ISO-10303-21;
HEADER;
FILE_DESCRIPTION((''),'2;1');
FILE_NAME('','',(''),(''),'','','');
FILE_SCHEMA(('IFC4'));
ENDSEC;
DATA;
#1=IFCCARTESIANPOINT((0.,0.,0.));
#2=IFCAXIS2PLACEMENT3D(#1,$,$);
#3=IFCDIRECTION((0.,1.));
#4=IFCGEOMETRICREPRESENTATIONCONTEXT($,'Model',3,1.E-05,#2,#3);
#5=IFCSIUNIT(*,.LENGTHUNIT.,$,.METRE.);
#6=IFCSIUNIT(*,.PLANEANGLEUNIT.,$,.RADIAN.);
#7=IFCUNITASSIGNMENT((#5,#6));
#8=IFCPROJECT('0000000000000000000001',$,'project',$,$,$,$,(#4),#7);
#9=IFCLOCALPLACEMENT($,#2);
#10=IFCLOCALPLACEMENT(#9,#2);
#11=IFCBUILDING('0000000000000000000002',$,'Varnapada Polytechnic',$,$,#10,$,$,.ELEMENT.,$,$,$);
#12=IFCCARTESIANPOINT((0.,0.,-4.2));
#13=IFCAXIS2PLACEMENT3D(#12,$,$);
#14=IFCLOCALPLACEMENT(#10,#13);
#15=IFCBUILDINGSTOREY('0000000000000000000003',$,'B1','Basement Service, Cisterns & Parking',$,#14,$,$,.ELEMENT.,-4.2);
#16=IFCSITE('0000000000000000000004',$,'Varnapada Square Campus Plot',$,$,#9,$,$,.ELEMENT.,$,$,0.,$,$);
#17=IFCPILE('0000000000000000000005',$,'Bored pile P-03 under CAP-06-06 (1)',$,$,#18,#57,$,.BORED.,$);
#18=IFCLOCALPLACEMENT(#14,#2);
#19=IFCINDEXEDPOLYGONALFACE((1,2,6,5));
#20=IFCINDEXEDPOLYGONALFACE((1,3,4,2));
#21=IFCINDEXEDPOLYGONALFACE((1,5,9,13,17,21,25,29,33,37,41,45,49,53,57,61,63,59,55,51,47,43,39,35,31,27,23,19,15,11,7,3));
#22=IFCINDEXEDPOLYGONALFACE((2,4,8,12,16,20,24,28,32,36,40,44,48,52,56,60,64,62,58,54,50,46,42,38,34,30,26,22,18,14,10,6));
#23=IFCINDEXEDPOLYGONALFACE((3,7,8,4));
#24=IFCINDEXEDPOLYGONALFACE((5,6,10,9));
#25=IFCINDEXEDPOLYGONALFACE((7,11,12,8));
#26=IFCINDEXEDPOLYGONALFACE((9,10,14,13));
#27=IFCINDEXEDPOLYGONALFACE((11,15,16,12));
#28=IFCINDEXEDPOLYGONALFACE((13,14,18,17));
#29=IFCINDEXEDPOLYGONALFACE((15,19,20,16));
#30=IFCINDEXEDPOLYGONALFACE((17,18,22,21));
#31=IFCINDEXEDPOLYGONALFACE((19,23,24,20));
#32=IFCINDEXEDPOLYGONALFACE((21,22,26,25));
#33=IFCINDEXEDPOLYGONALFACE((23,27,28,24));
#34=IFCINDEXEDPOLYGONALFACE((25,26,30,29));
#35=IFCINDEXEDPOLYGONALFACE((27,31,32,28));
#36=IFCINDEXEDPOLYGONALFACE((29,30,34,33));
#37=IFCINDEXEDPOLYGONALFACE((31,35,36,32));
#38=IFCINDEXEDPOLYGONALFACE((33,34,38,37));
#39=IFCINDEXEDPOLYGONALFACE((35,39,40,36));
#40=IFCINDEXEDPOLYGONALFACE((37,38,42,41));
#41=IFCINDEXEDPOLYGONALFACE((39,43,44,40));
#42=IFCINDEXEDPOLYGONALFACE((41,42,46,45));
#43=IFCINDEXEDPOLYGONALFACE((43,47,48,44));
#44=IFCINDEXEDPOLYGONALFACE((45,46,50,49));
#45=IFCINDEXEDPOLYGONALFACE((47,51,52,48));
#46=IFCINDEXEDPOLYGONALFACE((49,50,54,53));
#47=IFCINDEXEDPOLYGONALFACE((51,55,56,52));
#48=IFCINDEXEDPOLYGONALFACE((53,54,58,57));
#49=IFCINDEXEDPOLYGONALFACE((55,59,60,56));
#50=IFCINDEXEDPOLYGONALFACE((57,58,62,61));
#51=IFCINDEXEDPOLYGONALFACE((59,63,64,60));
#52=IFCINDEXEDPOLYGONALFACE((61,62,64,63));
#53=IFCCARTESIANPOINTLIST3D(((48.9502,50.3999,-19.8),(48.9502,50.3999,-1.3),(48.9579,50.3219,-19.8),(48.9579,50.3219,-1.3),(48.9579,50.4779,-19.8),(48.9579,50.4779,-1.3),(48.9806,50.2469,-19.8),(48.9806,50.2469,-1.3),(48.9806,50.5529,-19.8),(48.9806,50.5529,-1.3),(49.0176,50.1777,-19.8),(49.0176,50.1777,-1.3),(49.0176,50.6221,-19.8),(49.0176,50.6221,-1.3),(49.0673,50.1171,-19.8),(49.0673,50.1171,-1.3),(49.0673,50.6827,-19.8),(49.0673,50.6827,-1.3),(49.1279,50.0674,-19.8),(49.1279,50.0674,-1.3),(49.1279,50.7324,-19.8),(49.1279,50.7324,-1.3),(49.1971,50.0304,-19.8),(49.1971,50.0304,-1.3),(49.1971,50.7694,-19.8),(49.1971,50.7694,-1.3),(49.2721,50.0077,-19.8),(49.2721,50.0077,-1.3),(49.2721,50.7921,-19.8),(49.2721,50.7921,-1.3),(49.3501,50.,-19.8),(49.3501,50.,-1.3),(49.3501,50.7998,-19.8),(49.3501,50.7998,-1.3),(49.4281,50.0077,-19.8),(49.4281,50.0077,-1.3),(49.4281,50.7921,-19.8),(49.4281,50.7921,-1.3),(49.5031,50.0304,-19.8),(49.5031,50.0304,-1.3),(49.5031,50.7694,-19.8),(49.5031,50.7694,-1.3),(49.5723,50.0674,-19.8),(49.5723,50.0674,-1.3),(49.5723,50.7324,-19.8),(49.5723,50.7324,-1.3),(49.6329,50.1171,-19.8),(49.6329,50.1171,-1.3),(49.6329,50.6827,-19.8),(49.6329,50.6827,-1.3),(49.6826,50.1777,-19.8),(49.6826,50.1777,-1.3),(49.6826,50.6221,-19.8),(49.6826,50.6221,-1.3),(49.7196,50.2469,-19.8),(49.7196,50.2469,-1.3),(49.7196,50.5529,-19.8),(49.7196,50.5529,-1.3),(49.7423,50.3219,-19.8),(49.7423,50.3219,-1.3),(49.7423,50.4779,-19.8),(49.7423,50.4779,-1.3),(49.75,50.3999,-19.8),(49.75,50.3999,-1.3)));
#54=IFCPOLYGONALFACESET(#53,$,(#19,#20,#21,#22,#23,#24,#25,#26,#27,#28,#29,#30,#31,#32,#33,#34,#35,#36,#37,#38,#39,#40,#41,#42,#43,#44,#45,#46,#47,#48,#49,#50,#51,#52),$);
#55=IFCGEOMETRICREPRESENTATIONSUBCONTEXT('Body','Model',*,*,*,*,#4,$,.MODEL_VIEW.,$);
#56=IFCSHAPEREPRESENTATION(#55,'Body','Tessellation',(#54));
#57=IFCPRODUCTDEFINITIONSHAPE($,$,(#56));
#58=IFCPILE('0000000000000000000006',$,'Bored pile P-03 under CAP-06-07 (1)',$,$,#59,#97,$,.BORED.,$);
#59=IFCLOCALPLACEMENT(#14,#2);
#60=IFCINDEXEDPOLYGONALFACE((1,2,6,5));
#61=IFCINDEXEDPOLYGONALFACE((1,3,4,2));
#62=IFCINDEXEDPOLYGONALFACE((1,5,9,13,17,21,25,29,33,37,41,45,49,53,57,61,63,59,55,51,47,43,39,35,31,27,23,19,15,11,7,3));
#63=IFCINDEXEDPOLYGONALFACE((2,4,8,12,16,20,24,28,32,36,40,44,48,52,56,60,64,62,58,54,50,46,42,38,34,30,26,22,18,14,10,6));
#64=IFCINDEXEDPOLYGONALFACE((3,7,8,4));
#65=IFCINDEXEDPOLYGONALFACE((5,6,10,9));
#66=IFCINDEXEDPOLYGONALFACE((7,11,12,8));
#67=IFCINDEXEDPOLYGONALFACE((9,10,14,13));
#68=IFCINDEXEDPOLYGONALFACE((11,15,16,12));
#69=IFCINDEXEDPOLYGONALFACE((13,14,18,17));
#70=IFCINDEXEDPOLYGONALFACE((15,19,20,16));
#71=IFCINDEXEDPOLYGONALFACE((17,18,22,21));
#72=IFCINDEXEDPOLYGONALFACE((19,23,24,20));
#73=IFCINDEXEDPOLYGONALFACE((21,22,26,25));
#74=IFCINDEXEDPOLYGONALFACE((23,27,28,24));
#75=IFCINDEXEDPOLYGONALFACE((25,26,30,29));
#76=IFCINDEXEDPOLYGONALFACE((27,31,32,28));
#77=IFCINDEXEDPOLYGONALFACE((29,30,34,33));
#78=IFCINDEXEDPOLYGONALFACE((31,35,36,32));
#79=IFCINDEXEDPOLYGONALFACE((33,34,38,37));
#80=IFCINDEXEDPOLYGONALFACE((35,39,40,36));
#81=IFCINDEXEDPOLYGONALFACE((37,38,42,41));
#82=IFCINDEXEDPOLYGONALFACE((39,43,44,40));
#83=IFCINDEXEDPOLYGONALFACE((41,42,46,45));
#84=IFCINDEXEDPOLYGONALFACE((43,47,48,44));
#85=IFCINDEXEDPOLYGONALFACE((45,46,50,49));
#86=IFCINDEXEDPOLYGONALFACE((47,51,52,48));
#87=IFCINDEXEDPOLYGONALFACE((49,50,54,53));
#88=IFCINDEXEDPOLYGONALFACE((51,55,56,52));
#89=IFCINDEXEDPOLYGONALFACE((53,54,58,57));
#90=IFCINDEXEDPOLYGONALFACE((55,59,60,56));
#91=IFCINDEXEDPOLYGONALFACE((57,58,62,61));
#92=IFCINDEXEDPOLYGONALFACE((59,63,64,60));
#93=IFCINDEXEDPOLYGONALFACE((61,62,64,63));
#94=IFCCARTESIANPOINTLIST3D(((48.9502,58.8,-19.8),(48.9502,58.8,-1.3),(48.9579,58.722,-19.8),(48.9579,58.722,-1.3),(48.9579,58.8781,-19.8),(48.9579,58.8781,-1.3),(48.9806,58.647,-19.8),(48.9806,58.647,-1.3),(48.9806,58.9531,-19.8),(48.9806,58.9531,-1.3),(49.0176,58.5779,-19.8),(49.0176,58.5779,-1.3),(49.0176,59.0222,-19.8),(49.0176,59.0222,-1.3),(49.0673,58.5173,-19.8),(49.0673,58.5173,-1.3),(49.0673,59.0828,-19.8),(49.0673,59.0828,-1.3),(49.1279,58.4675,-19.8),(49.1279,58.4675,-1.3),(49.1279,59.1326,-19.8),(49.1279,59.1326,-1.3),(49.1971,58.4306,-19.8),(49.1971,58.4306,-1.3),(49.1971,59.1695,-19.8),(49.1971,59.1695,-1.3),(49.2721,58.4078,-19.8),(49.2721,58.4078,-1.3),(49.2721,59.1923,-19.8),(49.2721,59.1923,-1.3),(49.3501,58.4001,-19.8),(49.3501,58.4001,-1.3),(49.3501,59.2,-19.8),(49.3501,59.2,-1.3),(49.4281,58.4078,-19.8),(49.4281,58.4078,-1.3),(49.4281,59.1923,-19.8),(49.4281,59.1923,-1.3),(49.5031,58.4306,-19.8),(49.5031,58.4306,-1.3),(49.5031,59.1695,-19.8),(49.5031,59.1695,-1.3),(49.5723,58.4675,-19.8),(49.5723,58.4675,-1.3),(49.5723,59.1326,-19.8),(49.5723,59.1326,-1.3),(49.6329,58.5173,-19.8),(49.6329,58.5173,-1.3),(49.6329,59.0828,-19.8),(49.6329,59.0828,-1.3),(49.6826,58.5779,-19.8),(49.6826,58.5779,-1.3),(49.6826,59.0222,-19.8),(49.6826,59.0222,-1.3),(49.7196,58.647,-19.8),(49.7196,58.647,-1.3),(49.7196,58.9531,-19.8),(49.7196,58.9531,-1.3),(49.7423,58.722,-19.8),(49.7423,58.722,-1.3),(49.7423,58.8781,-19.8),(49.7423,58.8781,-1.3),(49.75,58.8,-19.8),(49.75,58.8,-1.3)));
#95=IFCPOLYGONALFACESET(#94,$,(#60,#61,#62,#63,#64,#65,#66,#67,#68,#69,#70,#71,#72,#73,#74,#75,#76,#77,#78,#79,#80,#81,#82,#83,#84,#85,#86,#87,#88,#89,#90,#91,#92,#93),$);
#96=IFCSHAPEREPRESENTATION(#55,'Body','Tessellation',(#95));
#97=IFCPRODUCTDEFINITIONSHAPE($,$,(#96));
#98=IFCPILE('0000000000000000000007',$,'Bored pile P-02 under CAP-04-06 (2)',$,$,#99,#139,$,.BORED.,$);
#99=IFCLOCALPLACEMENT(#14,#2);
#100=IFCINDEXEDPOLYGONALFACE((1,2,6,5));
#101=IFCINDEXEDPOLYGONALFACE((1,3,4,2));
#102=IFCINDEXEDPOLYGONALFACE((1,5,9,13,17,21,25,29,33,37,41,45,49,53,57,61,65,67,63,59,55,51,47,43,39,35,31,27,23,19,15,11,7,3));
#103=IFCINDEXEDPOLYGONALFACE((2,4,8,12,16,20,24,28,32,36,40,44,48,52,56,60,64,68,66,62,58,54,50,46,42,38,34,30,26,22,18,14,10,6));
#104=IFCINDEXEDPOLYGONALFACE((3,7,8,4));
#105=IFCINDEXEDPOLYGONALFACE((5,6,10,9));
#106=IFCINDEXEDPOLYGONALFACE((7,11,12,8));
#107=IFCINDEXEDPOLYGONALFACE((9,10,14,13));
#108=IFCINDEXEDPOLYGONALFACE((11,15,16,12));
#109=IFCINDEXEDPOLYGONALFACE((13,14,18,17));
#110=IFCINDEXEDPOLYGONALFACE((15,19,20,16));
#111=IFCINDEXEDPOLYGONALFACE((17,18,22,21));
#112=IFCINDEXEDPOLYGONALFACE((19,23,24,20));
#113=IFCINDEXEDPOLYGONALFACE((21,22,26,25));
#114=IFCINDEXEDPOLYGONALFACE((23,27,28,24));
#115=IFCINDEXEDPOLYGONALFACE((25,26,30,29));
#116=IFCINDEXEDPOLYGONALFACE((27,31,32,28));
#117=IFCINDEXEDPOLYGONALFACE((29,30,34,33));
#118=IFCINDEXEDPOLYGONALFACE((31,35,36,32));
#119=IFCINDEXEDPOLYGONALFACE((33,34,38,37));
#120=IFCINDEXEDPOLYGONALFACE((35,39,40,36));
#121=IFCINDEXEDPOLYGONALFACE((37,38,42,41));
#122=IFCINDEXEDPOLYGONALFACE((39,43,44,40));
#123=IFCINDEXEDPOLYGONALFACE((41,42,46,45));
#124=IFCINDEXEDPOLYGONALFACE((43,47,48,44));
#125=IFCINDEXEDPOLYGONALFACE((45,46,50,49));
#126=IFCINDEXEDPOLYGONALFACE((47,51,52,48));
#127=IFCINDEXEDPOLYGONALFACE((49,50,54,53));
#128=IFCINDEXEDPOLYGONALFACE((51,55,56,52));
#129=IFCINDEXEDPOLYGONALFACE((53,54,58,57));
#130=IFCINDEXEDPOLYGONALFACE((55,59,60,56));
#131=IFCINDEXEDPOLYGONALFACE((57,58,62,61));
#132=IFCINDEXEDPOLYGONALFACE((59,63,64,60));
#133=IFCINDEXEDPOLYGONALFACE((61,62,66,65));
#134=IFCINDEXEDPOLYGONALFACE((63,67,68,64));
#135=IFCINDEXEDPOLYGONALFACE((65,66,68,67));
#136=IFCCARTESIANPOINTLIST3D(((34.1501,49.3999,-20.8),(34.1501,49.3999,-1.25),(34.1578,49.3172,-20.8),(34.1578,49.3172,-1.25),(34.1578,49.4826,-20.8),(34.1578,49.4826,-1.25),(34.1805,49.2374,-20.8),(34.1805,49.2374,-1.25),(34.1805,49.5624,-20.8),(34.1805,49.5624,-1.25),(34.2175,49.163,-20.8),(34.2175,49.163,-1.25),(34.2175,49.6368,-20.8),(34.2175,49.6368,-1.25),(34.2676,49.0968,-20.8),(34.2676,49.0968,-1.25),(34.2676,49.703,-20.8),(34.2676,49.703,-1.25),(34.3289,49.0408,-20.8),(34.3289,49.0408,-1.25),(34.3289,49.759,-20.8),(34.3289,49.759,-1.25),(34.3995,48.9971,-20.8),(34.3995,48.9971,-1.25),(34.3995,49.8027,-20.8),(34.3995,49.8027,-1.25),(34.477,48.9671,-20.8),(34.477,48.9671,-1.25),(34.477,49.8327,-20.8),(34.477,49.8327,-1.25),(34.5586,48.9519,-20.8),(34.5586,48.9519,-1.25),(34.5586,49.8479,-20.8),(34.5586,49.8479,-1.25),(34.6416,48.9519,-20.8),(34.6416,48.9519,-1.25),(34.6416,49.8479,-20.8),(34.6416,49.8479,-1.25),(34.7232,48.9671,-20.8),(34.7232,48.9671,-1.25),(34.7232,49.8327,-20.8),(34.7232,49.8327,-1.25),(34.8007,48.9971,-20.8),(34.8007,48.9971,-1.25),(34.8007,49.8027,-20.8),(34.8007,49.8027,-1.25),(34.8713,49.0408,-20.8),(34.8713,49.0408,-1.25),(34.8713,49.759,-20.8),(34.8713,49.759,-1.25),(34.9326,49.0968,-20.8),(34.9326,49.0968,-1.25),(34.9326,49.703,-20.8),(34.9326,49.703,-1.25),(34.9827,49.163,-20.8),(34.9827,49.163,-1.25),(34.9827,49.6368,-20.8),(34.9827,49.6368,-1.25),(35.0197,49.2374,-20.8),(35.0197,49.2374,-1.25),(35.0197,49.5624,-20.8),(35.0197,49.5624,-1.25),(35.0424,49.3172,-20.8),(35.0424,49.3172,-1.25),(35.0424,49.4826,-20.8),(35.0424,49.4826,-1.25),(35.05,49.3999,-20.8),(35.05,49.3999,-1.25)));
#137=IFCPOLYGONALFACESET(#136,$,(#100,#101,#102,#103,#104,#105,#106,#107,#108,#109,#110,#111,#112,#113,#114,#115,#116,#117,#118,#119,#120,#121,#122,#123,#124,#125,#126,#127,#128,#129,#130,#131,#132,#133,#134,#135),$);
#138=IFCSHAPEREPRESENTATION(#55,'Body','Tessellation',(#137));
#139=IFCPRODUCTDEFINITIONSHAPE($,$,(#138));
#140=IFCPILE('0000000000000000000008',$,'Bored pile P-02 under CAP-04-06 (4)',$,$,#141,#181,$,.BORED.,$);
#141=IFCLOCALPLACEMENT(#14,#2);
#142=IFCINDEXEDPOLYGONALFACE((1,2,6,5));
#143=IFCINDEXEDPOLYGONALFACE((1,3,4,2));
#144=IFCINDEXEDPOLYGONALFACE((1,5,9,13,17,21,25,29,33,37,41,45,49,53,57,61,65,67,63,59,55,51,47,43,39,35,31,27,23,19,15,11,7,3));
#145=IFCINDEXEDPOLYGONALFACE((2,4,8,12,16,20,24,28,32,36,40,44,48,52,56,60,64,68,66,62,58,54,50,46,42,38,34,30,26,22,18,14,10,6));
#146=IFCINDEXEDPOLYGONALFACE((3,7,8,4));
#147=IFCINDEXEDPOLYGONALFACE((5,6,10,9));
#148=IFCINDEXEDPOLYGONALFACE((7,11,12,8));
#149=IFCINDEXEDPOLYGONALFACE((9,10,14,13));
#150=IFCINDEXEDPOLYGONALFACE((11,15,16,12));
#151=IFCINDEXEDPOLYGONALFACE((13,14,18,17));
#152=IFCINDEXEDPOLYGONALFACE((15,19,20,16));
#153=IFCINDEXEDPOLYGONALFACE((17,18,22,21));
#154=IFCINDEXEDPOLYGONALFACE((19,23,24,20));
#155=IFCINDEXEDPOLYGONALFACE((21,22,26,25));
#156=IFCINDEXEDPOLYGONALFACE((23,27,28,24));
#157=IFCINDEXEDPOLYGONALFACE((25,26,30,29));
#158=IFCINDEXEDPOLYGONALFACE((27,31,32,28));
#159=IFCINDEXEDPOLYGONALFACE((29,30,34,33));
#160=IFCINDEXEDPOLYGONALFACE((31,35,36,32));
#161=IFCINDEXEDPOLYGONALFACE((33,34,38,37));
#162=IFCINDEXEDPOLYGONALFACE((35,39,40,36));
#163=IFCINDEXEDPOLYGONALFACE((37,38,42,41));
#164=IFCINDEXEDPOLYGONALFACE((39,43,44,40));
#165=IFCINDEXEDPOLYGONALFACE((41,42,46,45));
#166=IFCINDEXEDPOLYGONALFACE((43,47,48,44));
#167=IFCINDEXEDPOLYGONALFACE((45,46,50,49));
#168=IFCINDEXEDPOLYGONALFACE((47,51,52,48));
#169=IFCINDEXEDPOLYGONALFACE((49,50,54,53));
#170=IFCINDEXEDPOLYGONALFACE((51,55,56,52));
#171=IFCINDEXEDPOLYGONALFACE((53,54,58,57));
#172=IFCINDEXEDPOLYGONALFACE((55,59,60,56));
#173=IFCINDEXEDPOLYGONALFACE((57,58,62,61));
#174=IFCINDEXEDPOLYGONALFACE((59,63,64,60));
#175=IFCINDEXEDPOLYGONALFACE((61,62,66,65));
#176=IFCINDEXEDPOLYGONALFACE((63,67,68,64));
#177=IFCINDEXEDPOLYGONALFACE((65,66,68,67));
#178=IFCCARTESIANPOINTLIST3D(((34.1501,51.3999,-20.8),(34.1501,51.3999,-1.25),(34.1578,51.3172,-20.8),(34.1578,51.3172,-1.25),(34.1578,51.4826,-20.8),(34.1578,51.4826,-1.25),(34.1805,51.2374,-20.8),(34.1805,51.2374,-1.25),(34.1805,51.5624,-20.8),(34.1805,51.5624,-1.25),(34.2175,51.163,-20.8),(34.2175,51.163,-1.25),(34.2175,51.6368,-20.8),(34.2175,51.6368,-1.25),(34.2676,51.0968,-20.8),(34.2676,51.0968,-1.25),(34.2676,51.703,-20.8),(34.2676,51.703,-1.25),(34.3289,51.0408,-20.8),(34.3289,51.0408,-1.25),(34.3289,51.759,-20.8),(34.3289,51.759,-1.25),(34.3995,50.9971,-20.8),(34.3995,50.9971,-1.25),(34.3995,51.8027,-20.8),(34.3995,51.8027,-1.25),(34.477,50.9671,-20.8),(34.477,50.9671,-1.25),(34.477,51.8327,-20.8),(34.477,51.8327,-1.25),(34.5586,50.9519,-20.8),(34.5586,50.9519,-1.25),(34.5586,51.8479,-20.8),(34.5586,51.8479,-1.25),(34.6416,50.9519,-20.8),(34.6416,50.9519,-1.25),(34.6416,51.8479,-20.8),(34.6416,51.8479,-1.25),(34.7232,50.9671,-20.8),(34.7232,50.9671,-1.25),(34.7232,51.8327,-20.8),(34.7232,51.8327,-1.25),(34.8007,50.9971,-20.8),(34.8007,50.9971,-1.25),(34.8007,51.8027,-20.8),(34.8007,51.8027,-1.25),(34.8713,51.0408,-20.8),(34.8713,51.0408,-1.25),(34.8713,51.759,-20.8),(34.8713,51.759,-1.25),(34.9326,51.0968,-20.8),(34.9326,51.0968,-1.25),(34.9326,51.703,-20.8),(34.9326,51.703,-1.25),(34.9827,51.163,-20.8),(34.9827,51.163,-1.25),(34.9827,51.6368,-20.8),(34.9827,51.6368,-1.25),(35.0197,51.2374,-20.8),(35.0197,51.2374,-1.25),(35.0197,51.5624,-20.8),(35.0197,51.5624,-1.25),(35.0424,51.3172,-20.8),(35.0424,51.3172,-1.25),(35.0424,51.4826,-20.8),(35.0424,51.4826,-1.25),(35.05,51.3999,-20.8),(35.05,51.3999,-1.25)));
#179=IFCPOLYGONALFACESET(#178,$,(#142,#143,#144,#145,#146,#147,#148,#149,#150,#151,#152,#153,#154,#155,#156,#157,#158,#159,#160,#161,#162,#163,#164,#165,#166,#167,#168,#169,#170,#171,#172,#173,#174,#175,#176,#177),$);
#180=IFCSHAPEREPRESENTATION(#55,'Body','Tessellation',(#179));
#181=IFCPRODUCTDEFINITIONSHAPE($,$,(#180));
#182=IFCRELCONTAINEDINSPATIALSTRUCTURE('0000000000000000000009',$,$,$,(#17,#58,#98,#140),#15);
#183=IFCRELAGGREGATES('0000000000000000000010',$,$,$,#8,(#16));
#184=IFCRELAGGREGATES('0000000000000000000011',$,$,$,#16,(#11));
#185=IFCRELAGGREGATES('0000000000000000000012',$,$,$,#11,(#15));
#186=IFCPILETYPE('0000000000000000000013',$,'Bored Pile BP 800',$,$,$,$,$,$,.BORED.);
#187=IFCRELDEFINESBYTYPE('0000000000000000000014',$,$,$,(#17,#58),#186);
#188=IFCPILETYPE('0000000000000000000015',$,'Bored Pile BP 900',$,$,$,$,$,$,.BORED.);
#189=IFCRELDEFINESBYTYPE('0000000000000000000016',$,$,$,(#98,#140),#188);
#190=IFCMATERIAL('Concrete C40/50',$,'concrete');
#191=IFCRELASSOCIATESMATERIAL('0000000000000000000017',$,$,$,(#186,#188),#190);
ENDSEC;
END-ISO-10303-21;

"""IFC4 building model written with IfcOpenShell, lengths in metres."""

from ifc_helpers import new_model, si_unit, direction, frame, origin, origin_2d, place, context, subcontext, project, spatial, circle, extrude, material, material_profile, profile_set, type_object, element, save


model = new_model("IFC4")

# Units and contexts
model_context = context("Model", 3, precision=1e-05, world=origin(), true_north=direction((0.0, 1.0)))
body_context = subcontext(model_context, "Body", "Model", "MODEL_VIEW")
ifc_project = project(units=[si_unit("LENGTHUNIT", "METRE"), si_unit("PLANEANGLEUNIT", "RADIAN")], contexts=[model_context])

# Site, building, storey
site_placement = place(None, origin())
site = spatial("IfcSite", under=ifc_project, at=site_placement, Name="Varnapada Square Campus Plot", CompositionType="ELEMENT", RefElevation=0.0)
building_placement = place(site_placement, origin())
building = spatial("IfcBuilding", under=site, at=building_placement, Name="Varnapada Polytechnic", CompositionType="ELEMENT")
storey_placement = place(building_placement, frame((0.0, 0.0, -4.2)))
storey = spatial("IfcBuildingStorey", under=building, at=storey_placement, Name="B1", Description="Basement Service, Cisterns & Parking", CompositionType="ELEMENT", Elevation=-4.2)

# Piles
ifc_material_1 = material(Name="Concrete C40/50", Category="concrete")
ifc_material_profile_1 = material_profile(ifc_material_1, circle(Radius=0.3999, at=origin_2d()), Name="BP 800")
ifc_profile_set_1 = profile_set([ifc_material_profile_1], Name="Concrete C40/50")
pile_type_1 = type_object("IfcPileType", Name="Bored Pile BP 800", PredefinedType="BORED", material=ifc_profile_set_1)
for number, where, z_axis, x_axis, name in (
    (1, (49.3501, 50.3999, -1.3), (0.0, 0.0, -1.0), (1.0, 0.0, 0.0), "Bored pile P-03 under CAP-06-06 (1)"),
    (2, (49.3501, 58.8, -1.3), (0.0, 0.0, -1.0), (1.0, 0.0, 0.0), "Bored pile P-03 under CAP-06-07 (1)"),
):
    element("IfcPile", number, at=place(storey_placement, frame(where, z_axis=z_axis, x_axis=x_axis)), inside=storey, type_object=pile_type_1, Name=name, PredefinedType="BORED", context=body_context, shape_type="SweptSolid", body=[
        extrude(circle(Radius=0.3999, at=origin_2d()), origin(), (0.0, 0.0, 1.0), 18.5),
    ])
ifc_material_profile_2 = material_profile(ifc_material_1, circle(Radius=0.45, at=origin_2d()), Name="BP 900")
ifc_profile_set_2 = profile_set([ifc_material_profile_2], Name="Concrete C40/50")
pile_type_2 = type_object("IfcPileType", Name="Bored Pile BP 900", PredefinedType="BORED", material=ifc_profile_set_2)
for number, where, z_axis, x_axis, name in (
    (3, (34.6001, 49.3999, -1.25), (0.0, 0.0, -1.0), (1.0, 0.0, 0.0), "Bored pile P-02 under CAP-04-06 (2)"),
    (4, (34.6001, 51.3999, -1.25), (0.0, 0.0, -1.0), (1.0, 0.0, 0.0), "Bored pile P-02 under CAP-04-06 (4)"),
):
    element("IfcPile", number, at=place(storey_placement, frame(where, z_axis=z_axis, x_axis=x_axis)), inside=storey, type_object=pile_type_2, Name=name, PredefinedType="BORED", context=body_context, shape_type="SweptSolid", body=[
        extrude(circle(Radius=0.45, at=origin_2d()), origin(), (0.0, 0.0, 1.0), 19.55),
    ])

save(model, "model.ifc")
